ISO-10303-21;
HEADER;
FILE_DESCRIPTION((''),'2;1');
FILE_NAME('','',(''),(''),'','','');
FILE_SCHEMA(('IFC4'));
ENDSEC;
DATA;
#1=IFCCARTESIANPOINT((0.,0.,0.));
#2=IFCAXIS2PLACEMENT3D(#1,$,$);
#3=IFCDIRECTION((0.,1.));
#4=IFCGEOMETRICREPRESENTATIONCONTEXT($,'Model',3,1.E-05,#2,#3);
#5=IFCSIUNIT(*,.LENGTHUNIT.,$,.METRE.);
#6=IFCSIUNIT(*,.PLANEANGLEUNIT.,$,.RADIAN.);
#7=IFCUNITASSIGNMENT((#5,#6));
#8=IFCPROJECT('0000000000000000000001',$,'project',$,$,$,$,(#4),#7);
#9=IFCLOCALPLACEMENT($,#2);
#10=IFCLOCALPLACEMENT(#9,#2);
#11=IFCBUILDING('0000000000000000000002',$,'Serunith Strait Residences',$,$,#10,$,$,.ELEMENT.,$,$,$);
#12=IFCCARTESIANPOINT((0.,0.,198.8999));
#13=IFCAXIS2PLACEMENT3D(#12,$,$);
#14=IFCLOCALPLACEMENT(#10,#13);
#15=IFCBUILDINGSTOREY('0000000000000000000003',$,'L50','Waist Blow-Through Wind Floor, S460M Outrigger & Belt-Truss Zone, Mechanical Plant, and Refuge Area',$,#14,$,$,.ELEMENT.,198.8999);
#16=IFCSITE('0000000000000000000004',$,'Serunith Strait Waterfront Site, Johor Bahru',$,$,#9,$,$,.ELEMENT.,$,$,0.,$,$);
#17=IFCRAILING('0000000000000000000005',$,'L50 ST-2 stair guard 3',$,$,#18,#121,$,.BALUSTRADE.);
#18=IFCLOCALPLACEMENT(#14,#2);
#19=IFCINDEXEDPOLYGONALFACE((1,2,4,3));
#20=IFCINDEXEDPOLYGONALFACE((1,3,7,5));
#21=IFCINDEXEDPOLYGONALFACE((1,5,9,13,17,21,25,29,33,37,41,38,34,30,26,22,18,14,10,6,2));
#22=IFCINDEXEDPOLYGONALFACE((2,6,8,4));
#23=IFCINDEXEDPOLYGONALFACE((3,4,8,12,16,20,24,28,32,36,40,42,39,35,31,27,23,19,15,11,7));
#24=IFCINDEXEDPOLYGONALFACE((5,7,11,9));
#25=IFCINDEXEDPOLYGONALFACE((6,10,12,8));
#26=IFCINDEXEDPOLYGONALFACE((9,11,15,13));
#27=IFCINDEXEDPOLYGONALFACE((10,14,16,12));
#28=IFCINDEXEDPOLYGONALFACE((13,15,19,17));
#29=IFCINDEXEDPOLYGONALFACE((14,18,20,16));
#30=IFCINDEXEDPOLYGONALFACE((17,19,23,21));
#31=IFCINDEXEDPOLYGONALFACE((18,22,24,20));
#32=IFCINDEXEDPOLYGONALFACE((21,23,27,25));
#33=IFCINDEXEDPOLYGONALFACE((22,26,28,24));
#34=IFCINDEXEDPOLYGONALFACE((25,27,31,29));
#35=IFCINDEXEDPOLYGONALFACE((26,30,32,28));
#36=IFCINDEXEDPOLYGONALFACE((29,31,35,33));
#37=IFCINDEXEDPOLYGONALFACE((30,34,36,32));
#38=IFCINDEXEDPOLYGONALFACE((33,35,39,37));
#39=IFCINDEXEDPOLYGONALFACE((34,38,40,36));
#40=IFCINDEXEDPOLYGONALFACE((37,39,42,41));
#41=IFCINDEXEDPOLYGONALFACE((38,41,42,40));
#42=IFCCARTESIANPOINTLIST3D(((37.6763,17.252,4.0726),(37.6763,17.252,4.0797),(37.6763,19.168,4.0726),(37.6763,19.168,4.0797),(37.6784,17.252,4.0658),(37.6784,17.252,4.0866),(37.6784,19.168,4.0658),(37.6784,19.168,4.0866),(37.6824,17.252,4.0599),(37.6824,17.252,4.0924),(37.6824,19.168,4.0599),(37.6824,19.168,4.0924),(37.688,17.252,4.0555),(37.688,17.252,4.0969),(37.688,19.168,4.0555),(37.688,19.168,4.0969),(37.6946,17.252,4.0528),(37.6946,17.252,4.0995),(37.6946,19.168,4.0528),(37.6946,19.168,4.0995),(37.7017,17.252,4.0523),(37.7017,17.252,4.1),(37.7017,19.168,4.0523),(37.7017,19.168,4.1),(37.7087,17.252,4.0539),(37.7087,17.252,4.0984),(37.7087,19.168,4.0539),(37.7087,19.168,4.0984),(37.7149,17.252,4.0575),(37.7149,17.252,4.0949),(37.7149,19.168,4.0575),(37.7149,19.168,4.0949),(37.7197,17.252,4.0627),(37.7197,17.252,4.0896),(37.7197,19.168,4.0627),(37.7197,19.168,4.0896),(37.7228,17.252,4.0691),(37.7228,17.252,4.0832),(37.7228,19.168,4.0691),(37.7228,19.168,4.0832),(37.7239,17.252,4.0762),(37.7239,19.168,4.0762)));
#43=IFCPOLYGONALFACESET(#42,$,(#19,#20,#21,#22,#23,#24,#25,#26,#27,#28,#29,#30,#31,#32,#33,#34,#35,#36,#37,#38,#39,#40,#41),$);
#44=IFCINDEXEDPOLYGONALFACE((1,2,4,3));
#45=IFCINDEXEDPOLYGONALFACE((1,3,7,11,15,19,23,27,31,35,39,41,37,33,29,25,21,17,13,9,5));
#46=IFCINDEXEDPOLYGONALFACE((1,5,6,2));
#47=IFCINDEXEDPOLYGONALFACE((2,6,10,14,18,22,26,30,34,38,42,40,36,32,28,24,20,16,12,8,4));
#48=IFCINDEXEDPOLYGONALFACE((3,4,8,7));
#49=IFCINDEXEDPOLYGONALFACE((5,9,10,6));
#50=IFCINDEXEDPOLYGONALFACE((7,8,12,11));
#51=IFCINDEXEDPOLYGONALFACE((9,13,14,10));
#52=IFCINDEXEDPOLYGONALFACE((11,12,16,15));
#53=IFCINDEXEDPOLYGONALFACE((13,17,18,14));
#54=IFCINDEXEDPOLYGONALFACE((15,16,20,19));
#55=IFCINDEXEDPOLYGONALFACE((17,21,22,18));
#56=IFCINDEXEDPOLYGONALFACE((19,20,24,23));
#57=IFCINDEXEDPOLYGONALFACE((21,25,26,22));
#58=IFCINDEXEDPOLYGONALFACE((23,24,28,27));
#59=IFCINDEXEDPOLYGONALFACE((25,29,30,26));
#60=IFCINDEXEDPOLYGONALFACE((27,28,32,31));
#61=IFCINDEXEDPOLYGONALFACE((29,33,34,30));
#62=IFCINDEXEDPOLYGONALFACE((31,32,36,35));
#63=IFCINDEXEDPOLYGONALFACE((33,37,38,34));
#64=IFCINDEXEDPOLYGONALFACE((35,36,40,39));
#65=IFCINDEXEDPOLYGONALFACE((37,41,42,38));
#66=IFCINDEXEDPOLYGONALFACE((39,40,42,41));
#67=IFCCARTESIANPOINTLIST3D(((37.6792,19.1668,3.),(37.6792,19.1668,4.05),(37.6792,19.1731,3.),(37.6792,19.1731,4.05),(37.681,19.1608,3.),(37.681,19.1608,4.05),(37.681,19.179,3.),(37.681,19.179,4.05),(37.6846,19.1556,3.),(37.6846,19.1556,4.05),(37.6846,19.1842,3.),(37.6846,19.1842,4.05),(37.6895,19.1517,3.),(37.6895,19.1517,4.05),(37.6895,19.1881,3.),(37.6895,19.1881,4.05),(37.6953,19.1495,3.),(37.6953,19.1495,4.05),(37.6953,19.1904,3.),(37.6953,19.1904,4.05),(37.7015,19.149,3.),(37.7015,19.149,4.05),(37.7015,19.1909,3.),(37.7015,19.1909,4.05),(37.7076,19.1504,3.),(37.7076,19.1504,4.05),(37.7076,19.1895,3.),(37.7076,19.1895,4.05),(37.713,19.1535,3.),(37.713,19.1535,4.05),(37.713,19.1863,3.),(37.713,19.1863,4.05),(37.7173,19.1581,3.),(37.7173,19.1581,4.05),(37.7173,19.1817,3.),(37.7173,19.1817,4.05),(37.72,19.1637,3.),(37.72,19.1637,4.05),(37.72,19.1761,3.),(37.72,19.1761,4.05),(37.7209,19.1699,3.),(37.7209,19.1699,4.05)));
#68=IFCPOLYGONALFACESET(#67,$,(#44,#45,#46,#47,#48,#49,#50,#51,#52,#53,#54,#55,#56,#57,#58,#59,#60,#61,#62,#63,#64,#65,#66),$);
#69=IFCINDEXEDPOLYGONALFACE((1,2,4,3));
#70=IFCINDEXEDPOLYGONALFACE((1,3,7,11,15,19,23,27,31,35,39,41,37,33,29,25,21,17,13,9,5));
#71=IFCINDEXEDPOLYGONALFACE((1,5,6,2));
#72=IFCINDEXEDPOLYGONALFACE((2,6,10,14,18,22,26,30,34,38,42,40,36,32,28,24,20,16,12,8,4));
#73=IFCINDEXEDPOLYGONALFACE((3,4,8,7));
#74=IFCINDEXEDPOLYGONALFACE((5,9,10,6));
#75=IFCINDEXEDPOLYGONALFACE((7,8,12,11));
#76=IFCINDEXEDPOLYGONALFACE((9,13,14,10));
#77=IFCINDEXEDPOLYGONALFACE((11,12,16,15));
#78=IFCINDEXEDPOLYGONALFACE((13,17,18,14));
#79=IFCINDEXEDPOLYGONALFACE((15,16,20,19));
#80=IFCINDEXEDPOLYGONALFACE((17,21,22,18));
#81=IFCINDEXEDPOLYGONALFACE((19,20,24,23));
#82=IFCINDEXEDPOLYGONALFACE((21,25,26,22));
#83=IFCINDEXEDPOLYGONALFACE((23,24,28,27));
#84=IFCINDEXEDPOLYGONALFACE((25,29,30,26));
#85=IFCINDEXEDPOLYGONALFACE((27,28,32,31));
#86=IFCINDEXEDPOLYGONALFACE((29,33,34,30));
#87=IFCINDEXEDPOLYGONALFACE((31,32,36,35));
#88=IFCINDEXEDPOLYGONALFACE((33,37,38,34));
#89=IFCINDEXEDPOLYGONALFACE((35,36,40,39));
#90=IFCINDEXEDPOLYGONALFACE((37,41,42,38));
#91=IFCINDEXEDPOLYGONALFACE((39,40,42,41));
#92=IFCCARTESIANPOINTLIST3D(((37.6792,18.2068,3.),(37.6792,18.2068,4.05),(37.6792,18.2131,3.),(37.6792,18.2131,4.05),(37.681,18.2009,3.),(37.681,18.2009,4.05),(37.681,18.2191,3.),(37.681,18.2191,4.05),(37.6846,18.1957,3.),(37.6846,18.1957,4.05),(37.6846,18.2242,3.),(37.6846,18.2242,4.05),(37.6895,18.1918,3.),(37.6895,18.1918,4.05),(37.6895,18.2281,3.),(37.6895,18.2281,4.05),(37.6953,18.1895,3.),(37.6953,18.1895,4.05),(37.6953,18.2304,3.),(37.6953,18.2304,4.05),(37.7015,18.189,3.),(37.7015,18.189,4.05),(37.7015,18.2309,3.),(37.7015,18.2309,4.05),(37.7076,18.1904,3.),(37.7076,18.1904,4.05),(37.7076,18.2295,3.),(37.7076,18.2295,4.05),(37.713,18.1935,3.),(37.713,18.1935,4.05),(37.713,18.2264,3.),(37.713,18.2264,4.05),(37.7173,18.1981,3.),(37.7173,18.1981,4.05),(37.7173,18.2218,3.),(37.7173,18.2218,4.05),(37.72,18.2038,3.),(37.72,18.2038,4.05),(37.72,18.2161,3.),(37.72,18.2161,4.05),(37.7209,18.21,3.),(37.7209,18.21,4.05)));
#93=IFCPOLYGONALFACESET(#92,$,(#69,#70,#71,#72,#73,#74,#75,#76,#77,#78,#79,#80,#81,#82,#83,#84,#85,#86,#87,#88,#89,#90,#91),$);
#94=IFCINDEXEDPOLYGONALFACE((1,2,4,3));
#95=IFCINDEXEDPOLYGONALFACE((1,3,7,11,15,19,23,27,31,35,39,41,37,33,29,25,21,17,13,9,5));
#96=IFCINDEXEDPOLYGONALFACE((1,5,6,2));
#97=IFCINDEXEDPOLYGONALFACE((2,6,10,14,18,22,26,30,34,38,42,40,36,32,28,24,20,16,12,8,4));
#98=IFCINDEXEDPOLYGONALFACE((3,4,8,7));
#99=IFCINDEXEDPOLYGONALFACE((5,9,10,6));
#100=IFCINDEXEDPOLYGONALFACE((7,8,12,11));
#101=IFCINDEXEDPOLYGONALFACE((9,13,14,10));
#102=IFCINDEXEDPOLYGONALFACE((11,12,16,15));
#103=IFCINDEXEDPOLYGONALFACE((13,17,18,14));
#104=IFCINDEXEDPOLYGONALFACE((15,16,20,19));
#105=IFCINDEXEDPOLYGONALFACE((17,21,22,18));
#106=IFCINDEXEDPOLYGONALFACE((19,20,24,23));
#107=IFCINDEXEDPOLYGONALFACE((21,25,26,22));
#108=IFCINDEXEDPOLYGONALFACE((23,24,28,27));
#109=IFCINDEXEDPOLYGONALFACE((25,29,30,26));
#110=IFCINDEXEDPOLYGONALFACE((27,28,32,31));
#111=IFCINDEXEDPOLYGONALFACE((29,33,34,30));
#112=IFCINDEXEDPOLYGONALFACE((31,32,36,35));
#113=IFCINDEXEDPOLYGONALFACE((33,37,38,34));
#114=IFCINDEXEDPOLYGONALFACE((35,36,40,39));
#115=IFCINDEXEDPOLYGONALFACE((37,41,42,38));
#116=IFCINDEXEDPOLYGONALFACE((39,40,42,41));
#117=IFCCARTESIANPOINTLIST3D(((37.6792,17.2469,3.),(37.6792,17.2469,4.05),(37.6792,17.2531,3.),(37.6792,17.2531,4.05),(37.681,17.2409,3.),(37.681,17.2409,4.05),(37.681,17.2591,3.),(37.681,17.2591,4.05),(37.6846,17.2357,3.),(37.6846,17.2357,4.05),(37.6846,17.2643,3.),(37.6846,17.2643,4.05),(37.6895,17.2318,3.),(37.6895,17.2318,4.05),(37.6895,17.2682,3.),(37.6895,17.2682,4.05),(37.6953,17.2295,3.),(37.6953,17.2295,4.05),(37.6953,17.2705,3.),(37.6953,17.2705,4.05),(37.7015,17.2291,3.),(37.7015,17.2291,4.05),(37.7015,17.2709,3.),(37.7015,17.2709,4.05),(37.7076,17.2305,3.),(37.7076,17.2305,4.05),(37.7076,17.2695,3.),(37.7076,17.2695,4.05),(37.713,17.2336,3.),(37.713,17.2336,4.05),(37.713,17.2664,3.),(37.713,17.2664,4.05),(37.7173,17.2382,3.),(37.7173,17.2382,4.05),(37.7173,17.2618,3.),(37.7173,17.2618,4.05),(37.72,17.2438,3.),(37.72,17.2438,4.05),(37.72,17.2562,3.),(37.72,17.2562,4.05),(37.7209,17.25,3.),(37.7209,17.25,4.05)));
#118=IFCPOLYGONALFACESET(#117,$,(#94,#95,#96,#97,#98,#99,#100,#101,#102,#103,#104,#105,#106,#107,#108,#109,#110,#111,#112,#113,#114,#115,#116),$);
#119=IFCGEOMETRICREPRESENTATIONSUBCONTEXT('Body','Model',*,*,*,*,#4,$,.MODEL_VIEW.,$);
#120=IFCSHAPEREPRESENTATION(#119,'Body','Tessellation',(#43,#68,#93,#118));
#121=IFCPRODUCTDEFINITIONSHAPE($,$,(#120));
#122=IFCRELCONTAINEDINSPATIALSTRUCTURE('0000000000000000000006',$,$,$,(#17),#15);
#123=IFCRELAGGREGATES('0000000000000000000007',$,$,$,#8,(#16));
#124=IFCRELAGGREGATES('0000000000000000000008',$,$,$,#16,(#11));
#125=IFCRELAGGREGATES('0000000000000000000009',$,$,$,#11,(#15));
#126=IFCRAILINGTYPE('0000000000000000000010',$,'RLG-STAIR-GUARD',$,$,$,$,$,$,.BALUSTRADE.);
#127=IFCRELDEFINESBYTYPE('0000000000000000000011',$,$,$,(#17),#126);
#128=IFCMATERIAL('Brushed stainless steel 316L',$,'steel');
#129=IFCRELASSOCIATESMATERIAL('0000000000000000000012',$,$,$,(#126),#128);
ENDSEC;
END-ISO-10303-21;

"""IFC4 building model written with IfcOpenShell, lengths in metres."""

from ifc_helpers import new_model, si_unit, direction, frame, origin, origin_2d, place, context, subcontext, project, spatial, circle, extrude, material, type_object, element, save


model = new_model("IFC4")

# Units and contexts
model_context = context("Model", 3, precision=1e-05, world=origin(), true_north=direction((0.0, 1.0)))
body_context = subcontext(model_context, "Body", "Model", "MODEL_VIEW")
ifc_project = project(units=[si_unit("LENGTHUNIT", "METRE"), si_unit("PLANEANGLEUNIT", "RADIAN")], contexts=[model_context])

# Site, building, storey
site_placement = place(None, origin())
site = spatial("IfcSite", under=ifc_project, at=site_placement, Name="Serunith Strait Waterfront Site, Johor Bahru", CompositionType="ELEMENT", RefElevation=0.0)
building_placement = place(site_placement, origin())
building = spatial("IfcBuilding", under=site, at=building_placement, Name="Serunith Strait Residences", CompositionType="ELEMENT")
storey_placement = place(building_placement, frame((0.0, 0.0, 198.8999)))
storey = spatial("IfcBuildingStorey", under=building, at=storey_placement, Name="L50", Description="Waist Blow-Through Wind Floor, S460M Outrigger & Belt-Truss Zone, Mechanical Plant, and Refuge Area", CompositionType="ELEMENT", Elevation=198.8999)

# Railing
ifc_material_1 = material(Name="Brushed stainless steel 316L", Category="steel")
railing_type_1 = type_object("IfcRailingType", Name="RLG-STAIR-GUARD", PredefinedType="BALUSTRADE", material=ifc_material_1)
railing_1_placement = place(storey_placement, frame((37.7, 19.1699, 3.0)))
element("IfcRailing", 1, at=railing_1_placement, inside=storey, type_object=railing_type_1, Name="L50 ST-2 stair guard 3", PredefinedType="BALUSTRADE", context=body_context, shape_type="SweptSolid", body=[
    extrude(circle(Radius=0.0239, at=origin_2d()), frame((0.0, -0.002, 1.0762), z_axis=(0.0, -1.0, 0.0), x_axis=(1.0, 0.0, 0.0)), (0.0, 0.0, 1.0), 1.916),
    extrude(circle(Radius=0.021, at=origin_2d()), origin(), (0.0, 0.0, 1.0), 1.05),
    extrude(circle(Radius=0.021, at=origin_2d()), frame((0.0, -0.96, 0.0)), (0.0, 0.0, 1.0), 1.05),
    extrude(circle(Radius=0.021, at=origin_2d()), frame((0.0, -1.9199, 0.0)), (0.0, 0.0, 1.0), 1.05),
])

save(model, "model.ifc")
